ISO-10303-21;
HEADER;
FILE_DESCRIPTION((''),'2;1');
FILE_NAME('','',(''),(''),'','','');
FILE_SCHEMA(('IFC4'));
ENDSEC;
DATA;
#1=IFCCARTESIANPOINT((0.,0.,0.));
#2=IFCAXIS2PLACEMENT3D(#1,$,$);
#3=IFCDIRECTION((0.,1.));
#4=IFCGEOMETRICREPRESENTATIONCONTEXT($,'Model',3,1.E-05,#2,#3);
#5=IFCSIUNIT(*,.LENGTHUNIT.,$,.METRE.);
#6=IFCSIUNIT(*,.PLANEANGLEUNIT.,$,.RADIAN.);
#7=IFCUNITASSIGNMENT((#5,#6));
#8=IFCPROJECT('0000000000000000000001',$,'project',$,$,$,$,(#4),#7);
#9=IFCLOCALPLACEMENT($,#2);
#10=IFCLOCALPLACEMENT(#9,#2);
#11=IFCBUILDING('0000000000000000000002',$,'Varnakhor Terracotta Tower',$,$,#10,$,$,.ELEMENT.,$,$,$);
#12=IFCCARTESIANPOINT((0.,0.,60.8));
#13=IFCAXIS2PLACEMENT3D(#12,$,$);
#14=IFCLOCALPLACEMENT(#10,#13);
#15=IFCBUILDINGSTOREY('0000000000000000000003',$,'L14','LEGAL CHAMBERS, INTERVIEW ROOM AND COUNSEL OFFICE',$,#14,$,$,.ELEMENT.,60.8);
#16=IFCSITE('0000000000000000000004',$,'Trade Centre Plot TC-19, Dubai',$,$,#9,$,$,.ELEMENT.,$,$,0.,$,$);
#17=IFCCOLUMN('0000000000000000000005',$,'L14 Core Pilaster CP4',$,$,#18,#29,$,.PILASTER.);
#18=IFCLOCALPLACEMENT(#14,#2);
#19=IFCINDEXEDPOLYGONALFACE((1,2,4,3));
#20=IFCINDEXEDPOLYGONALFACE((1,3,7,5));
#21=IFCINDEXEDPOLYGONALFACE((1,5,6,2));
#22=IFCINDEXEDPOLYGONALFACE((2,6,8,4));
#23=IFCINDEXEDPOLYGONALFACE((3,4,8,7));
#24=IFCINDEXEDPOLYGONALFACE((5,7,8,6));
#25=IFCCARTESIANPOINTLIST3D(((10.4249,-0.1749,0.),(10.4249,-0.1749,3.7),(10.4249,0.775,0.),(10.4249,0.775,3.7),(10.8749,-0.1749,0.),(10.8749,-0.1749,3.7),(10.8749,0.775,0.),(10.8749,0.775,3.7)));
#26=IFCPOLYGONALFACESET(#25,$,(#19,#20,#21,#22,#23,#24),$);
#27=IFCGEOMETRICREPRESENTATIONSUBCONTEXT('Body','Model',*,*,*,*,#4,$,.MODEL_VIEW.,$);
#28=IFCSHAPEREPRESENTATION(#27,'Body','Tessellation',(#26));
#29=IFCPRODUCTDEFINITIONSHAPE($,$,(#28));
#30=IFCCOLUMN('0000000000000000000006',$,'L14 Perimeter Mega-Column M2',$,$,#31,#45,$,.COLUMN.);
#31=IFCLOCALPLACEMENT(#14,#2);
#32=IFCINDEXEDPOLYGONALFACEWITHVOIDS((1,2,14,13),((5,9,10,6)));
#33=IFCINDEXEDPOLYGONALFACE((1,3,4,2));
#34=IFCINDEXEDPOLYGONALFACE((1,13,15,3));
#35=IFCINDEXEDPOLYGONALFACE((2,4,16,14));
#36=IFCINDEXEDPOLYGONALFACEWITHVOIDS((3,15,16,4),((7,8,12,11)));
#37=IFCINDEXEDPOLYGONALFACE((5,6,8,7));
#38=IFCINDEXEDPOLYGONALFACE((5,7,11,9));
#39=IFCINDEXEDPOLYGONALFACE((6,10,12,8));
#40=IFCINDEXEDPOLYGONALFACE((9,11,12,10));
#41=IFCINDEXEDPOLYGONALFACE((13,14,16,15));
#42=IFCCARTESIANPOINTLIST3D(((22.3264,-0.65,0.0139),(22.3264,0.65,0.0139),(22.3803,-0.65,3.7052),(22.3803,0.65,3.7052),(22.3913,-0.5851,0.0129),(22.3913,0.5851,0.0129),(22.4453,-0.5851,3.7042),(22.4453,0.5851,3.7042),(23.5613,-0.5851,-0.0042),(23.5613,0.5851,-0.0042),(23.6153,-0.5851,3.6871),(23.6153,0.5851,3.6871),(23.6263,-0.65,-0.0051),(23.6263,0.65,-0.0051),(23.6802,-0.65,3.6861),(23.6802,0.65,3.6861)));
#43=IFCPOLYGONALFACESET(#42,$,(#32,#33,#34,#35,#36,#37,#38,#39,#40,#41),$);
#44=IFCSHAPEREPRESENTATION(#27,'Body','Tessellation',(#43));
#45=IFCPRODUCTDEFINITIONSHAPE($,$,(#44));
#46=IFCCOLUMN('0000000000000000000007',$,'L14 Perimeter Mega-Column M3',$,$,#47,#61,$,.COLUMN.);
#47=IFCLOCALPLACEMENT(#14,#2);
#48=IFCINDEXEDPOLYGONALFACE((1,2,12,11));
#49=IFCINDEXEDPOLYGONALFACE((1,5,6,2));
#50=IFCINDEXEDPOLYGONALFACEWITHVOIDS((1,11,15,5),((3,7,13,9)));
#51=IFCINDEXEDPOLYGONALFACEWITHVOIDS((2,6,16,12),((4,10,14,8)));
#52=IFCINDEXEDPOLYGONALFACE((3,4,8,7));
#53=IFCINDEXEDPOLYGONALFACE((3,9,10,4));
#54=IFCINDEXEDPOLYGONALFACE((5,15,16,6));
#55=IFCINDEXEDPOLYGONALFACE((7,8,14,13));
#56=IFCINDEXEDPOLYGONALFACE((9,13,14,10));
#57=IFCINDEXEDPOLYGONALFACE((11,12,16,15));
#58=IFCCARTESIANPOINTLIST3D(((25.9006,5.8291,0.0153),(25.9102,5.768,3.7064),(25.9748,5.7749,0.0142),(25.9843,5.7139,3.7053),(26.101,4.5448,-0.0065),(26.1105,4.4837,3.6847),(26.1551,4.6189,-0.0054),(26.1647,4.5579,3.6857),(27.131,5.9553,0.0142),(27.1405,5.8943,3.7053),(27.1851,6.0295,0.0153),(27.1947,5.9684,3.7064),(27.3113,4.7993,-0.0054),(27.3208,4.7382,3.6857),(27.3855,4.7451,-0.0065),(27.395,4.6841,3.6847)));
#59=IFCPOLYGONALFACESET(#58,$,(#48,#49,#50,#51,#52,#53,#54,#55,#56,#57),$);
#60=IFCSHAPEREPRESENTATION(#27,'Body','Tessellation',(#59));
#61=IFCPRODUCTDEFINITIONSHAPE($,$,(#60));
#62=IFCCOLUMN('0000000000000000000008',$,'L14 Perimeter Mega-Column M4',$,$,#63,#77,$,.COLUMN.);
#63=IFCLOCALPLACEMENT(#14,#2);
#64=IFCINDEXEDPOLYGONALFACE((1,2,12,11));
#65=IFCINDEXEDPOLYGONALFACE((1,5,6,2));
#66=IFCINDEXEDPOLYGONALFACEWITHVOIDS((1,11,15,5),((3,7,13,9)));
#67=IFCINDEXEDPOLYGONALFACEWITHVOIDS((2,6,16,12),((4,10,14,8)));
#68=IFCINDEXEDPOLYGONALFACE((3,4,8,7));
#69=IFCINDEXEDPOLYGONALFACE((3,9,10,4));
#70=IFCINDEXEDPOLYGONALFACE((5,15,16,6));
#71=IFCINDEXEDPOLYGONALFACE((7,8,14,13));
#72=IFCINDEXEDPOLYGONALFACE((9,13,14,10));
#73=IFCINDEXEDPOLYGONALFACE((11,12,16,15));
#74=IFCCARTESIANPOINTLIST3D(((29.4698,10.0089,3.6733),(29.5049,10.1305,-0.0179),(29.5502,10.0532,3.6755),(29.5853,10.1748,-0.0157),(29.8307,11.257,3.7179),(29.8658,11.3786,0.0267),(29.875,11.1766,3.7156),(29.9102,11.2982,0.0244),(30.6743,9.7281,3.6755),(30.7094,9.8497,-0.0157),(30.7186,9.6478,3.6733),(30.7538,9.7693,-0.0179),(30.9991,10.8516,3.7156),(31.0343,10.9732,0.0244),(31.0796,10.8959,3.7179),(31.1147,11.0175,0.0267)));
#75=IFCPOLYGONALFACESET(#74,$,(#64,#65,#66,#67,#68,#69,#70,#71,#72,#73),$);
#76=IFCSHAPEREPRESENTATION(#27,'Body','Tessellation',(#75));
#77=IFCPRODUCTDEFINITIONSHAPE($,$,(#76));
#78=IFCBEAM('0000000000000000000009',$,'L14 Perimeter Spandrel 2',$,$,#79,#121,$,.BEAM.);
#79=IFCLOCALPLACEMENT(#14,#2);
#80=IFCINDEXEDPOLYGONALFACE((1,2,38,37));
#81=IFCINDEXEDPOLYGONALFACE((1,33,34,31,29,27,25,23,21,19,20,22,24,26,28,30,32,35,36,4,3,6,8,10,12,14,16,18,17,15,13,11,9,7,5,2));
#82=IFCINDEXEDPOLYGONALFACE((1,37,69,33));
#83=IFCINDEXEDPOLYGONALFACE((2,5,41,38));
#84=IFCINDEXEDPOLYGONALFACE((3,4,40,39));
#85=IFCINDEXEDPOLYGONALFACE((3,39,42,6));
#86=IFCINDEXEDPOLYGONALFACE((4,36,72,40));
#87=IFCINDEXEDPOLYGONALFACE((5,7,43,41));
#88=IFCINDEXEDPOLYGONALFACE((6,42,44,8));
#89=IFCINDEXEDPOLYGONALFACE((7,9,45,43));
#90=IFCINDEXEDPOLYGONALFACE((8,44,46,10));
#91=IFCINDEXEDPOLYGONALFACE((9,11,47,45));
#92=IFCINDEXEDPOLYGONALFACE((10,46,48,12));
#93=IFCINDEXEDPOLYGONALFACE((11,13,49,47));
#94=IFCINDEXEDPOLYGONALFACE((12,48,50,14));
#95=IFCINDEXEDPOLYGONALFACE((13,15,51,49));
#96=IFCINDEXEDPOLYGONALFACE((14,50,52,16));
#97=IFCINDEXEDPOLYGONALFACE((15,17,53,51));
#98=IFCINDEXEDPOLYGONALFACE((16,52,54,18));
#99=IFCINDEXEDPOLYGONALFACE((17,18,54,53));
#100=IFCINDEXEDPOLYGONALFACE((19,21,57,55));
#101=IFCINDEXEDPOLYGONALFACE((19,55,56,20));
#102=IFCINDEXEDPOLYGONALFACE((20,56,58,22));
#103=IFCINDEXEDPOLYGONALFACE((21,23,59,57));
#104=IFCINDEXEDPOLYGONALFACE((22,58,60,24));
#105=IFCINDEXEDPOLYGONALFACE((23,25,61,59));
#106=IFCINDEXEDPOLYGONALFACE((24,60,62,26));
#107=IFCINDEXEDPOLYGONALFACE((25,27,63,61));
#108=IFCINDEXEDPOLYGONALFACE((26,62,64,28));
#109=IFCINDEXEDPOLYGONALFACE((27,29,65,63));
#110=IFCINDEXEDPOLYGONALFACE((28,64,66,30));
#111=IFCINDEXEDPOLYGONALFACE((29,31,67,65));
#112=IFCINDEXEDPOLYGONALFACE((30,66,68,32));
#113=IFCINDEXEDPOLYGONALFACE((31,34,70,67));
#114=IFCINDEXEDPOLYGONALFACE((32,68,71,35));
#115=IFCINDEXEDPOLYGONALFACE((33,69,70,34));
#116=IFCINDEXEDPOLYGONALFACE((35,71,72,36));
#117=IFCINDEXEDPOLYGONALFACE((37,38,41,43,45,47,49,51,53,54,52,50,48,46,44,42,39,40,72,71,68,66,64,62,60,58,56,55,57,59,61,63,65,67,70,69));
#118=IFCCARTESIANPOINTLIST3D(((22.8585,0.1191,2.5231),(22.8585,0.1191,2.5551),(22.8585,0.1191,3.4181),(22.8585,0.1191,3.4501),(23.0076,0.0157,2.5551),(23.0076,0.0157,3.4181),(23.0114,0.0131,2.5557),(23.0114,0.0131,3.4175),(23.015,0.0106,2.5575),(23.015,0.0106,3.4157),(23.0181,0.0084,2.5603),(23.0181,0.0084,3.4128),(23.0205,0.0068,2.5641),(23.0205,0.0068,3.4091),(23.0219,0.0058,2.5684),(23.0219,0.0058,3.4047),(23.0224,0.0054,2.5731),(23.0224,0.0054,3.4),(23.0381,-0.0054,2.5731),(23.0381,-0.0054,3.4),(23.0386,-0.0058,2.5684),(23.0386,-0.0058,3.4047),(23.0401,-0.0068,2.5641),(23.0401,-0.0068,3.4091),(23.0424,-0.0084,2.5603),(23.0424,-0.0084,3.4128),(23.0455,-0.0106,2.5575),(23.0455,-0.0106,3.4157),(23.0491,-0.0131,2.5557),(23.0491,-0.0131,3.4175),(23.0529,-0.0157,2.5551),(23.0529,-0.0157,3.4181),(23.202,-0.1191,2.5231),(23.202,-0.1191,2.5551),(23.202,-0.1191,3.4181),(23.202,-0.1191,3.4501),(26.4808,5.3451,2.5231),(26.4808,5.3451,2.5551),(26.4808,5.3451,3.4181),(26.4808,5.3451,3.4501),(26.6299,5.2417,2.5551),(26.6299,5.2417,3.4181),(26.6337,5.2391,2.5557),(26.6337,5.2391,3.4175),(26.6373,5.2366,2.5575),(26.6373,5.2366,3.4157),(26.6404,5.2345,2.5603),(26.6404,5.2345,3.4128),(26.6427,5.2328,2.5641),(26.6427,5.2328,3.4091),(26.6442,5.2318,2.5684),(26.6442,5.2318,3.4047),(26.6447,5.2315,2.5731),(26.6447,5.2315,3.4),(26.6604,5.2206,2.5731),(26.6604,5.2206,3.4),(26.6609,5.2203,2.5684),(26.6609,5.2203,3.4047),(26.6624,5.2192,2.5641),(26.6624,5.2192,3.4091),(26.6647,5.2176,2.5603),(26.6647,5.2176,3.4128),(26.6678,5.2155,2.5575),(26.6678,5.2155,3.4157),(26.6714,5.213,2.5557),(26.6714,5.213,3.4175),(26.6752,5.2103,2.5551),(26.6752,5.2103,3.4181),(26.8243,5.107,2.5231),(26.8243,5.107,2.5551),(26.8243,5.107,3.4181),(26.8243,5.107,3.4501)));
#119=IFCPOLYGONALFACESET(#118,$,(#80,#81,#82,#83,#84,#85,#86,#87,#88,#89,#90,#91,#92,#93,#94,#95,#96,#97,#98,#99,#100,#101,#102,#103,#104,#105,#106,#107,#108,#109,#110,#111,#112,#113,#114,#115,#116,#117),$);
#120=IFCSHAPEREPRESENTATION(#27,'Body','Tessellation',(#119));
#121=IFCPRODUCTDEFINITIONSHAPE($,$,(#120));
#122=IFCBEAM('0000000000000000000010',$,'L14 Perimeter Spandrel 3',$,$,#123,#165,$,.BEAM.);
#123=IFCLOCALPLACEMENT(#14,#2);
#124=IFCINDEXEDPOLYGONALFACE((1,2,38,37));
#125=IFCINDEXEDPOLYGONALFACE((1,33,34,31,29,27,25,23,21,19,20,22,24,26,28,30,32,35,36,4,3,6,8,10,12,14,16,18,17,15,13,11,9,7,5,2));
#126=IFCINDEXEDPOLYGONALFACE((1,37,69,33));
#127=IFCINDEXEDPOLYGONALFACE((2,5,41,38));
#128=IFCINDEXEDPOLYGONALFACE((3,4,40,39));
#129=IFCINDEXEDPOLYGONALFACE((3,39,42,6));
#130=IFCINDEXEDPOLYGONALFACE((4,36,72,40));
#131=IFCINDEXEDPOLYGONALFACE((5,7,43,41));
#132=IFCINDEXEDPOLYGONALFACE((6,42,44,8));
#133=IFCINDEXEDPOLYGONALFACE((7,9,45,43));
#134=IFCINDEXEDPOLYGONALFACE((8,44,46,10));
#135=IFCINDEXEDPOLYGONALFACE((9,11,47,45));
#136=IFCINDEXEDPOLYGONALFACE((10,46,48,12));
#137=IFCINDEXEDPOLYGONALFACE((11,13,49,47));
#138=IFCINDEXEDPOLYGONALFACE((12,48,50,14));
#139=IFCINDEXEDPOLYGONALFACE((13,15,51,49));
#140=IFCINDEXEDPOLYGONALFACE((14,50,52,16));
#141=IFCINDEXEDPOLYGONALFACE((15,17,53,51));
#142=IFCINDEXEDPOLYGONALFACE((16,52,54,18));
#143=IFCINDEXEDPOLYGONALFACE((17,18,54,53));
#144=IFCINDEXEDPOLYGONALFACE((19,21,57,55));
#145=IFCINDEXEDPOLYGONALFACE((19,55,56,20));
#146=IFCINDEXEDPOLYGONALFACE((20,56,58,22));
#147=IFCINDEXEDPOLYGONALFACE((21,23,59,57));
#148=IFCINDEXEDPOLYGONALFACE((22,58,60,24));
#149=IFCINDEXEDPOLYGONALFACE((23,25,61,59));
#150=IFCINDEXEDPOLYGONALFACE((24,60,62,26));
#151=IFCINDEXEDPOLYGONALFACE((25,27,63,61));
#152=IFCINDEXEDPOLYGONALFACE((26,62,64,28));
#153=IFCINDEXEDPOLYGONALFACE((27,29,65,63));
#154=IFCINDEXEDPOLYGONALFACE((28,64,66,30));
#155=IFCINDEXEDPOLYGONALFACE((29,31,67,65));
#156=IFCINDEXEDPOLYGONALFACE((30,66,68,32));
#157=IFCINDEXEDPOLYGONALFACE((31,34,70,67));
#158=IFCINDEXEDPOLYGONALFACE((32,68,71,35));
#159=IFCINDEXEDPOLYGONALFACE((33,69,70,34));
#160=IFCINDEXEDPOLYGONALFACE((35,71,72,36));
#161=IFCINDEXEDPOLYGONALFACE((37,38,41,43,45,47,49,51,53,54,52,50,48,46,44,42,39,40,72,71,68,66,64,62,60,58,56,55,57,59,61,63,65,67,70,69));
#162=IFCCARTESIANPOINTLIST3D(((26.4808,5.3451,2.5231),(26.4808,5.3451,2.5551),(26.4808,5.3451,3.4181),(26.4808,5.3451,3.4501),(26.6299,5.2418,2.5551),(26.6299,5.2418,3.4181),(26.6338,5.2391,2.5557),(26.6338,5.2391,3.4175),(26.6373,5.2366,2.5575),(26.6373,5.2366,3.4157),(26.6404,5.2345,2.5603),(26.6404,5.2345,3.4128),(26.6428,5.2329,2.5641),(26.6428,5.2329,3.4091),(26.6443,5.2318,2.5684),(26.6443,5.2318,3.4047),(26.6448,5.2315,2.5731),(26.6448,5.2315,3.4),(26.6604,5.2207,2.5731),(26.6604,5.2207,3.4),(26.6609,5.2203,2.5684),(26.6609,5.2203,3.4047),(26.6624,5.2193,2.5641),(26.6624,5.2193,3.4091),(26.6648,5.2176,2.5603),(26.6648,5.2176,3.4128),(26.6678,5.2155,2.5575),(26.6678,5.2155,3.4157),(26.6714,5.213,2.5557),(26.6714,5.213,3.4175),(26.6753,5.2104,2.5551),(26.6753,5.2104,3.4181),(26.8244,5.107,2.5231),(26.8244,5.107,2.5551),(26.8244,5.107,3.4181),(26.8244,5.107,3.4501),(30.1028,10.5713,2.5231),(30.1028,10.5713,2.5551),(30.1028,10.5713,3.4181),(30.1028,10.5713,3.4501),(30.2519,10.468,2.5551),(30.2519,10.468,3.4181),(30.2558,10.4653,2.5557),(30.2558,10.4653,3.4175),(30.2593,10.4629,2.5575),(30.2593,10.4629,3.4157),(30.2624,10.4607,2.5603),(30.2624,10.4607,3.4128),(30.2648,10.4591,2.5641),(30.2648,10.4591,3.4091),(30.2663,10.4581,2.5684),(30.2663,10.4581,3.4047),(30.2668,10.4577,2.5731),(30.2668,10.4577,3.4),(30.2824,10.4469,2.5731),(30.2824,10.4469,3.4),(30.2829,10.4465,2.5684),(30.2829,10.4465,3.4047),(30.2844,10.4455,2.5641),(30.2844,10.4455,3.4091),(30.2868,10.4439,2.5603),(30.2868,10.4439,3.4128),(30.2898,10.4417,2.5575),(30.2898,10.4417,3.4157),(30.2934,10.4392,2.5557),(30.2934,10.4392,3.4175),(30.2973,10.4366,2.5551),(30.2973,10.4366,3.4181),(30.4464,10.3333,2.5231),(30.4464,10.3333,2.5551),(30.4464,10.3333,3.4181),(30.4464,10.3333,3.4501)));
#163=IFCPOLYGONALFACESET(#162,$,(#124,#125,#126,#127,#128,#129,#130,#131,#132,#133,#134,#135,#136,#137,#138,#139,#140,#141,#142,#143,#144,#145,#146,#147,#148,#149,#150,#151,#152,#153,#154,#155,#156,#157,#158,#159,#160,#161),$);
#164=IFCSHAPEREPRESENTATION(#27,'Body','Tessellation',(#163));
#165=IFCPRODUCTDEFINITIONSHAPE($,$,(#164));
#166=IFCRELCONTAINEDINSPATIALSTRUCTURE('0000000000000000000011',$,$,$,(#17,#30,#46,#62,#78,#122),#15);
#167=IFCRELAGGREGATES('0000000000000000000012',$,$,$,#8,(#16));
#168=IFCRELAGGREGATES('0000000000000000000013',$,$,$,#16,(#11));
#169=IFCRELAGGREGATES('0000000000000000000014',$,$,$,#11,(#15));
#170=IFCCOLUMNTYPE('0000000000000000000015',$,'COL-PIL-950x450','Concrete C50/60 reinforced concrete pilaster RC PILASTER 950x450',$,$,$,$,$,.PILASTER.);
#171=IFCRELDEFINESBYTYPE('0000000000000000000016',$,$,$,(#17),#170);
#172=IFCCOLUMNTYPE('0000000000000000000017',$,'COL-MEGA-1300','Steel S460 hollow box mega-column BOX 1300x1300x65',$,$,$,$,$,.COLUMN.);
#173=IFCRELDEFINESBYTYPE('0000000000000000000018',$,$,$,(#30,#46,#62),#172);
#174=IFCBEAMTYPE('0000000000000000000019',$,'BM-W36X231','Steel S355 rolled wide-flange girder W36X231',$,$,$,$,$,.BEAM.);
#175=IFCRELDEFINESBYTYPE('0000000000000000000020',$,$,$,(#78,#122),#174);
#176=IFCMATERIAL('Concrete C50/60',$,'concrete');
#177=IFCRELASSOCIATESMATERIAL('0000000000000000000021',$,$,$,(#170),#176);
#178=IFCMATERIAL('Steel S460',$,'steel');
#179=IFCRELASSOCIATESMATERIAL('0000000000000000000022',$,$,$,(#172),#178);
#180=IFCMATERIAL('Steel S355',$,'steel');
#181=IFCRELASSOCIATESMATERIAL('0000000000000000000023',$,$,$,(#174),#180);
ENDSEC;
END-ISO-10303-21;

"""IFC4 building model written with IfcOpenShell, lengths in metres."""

from ifc_helpers import new_model, si_unit, direction, frame, origin, origin_2d, place, context, subcontext, project, spatial, rectangle, hollow_rectangle, i_section, extrude, source, transform, mapped, material, material_profile, profile_set, type_object, element, save


model = new_model("IFC4")

# Units and contexts
model_context = context("Model", 3, precision=1e-05, world=origin(), true_north=direction((0.0, 1.0)))
body_context = subcontext(model_context, "Body", "Model", "MODEL_VIEW")
ifc_project = project(units=[si_unit("LENGTHUNIT", "METRE"), si_unit("PLANEANGLEUNIT", "RADIAN")], contexts=[model_context])

# Site, building, storey
site_placement = place(None, origin())
site = spatial("IfcSite", under=ifc_project, at=site_placement, Name="Trade Centre Plot TC-19, Dubai", CompositionType="ELEMENT", RefElevation=0.0)
building_placement = place(site_placement, origin())
building = spatial("IfcBuilding", under=site, at=building_placement, Name="Varnakhor Terracotta Tower", CompositionType="ELEMENT")
storey_placement = place(building_placement, frame((0.0, 0.0, 60.8)))
storey = spatial("IfcBuildingStorey", under=building, at=storey_placement, Name="L14", Description="LEGAL CHAMBERS, INTERVIEW ROOM AND COUNSEL OFFICE", CompositionType="ELEMENT", Elevation=60.8)

# Columns
ifc_material_1 = material(Name="Concrete C50/60", Category="concrete")
ifc_material_profile_1 = material_profile(ifc_material_1, rectangle(XDim=0.45, YDim=0.95, at=origin_2d()), Name="RC PILASTER 950x450")
ifc_profile_set_1 = profile_set([ifc_material_profile_1], Name="Concrete C50/60")
column_type_1 = type_object("IfcColumnType", Name="COL-PIL-950x450", Description="Concrete C50/60 reinforced concrete pilaster RC PILASTER 950x450", PredefinedType="PILASTER", material=ifc_profile_set_1)
shared_shape_1 = source(origin(), body_context, "Body", "SweptSolid", [
    extrude(rectangle(XDim=0.45, YDim=0.95, at=origin_2d()), origin(), (0.0, 0.0, 1.0), 3.7),
])
column_1_placement = place(storey_placement, frame((10.6499, 0.3, 0.0), z_axis=(0.0, 0.0, 1.0), x_axis=(1.0, 0.0, 0.0)))
element("IfcColumn", 1, at=column_1_placement, inside=storey, type_object=column_type_1, Name="L14 Core Pilaster CP4", PredefinedType="PILASTER", context=body_context, shape_type="MappedRepresentation", body=[
    mapped(shared_shape_1, transform((0.0, 0.0, 0.0), scale=1.0)),
])
ifc_material_2 = material(Name="Steel S460", Category="steel")
ifc_material_profile_2 = material_profile(ifc_material_2, hollow_rectangle(XDim=1.3, YDim=1.3, WallThickness=0.0649, at=origin_2d()), Name="BOX 1300x1300x65")
ifc_profile_set_2 = profile_set([ifc_material_profile_2], Name="Steel S460")
column_type_2 = type_object("IfcColumnType", Name="COL-MEGA-1300", Description="Steel S460 hollow box mega-column BOX 1300x1300x65", PredefinedType="COLUMN", material=ifc_profile_set_2)
shared_shape_2 = source(origin(), body_context, "Body", "SweptSolid", [
    extrude(hollow_rectangle(XDim=1.3, YDim=1.3, WallThickness=0.0649, at=origin_2d()), origin(), (0.0, 0.0, 1.0), 3.6917),
])
for number, where, z_axis, x_axis, name in (
    (2, (22.9763, 0.0, 0.0044), (0.014616, 0.0, 0.999893), (0.0, 1.0, 0.0), "L14 Perimeter Mega-Column M2"),
    (3, (26.6431, 5.2871, 0.0044), (0.002579, -0.016533, 0.99986), (0.98805, 0.154136, 0.0), "L14 Perimeter Mega-Column M3"),
):
    element("IfcColumn", number, at=place(storey_placement, frame(where, z_axis=z_axis, x_axis=x_axis)), inside=storey, type_object=column_type_2, Name=name, PredefinedType="COLUMN", context=body_context, shape_type="MappedRepresentation", body=[
        mapped(shared_shape_2, transform((0.0, 0.0, 0.0), scale=1.0)),
    ])
shared_shape_3 = source(origin(), body_context, "Body", "SweptSolid", [
    extrude(hollow_rectangle(XDim=1.3, YDim=1.3, WallThickness=0.0649, at=origin_2d()), origin(), (0.0, 0.0, 1.0), 3.6934),
])
column_2_placement = place(storey_placement, frame((30.3098, 10.574, 0.0044), z_axis=(-0.009519, -0.032919, 0.999413), x_axis=(0.960646, -0.277777, 0.0)))
element("IfcColumn", 4, at=column_2_placement, inside=storey, type_object=column_type_2, Name="L14 Perimeter Mega-Column M4", PredefinedType="COLUMN", context=body_context, shape_type="MappedRepresentation", body=[
    mapped(shared_shape_3, transform((0.0, 0.0, 0.0), scale=1.0)),
])

# Beams
ifc_material_3 = material(Name="Steel S355", Category="steel")
ifc_material_profile_3 = material_profile(ifc_material_3, i_section(OverallWidth=0.418, OverallDepth=0.927, WebThickness=0.019, FlangeThickness=0.032, FilletRadius=0.0181, at=origin_2d()), Name="W36X231")
ifc_profile_set_3 = profile_set([ifc_material_profile_3], Name="Steel S355")
beam_type_1 = type_object("IfcBeamType", Name="BM-W36X231", Description="Steel S355 rolled wide-flange girder W36X231", PredefinedType="BEAM", material=ifc_profile_set_3)
shared_shape_4 = source(origin(), body_context, "Body", "SweptSolid", [
    extrude(i_section(OverallWidth=0.418, OverallDepth=0.927, WebThickness=0.019, FlangeThickness=0.032, FilletRadius=0.0181, at=origin_2d()), origin(), (0.0, 0.0, 1.0), 6.3586),
])
for number, where, z_axis, x_axis, name in (
    (5, (23.0303, 0.0, 2.9866), (0.569663, 0.821878, 0.0), (-0.821878, 0.569663, 0.0), "L14 Perimeter Spandrel 2"),
    (6, (26.6526, 5.2261, 2.9866), (0.569619, 0.821909, 0.0), (-0.821909, 0.569619, 0.0), "L14 Perimeter Spandrel 3"),
):
    element("IfcBeam", number, at=place(storey_placement, frame(where, z_axis=z_axis, x_axis=x_axis)), inside=storey, type_object=beam_type_1, Name=name, PredefinedType="BEAM", context=body_context, shape_type="MappedRepresentation", body=[
        mapped(shared_shape_4, transform((0.0, 0.0, 0.0), scale=1.0)),
    ])

save(model, "model.ifc")
